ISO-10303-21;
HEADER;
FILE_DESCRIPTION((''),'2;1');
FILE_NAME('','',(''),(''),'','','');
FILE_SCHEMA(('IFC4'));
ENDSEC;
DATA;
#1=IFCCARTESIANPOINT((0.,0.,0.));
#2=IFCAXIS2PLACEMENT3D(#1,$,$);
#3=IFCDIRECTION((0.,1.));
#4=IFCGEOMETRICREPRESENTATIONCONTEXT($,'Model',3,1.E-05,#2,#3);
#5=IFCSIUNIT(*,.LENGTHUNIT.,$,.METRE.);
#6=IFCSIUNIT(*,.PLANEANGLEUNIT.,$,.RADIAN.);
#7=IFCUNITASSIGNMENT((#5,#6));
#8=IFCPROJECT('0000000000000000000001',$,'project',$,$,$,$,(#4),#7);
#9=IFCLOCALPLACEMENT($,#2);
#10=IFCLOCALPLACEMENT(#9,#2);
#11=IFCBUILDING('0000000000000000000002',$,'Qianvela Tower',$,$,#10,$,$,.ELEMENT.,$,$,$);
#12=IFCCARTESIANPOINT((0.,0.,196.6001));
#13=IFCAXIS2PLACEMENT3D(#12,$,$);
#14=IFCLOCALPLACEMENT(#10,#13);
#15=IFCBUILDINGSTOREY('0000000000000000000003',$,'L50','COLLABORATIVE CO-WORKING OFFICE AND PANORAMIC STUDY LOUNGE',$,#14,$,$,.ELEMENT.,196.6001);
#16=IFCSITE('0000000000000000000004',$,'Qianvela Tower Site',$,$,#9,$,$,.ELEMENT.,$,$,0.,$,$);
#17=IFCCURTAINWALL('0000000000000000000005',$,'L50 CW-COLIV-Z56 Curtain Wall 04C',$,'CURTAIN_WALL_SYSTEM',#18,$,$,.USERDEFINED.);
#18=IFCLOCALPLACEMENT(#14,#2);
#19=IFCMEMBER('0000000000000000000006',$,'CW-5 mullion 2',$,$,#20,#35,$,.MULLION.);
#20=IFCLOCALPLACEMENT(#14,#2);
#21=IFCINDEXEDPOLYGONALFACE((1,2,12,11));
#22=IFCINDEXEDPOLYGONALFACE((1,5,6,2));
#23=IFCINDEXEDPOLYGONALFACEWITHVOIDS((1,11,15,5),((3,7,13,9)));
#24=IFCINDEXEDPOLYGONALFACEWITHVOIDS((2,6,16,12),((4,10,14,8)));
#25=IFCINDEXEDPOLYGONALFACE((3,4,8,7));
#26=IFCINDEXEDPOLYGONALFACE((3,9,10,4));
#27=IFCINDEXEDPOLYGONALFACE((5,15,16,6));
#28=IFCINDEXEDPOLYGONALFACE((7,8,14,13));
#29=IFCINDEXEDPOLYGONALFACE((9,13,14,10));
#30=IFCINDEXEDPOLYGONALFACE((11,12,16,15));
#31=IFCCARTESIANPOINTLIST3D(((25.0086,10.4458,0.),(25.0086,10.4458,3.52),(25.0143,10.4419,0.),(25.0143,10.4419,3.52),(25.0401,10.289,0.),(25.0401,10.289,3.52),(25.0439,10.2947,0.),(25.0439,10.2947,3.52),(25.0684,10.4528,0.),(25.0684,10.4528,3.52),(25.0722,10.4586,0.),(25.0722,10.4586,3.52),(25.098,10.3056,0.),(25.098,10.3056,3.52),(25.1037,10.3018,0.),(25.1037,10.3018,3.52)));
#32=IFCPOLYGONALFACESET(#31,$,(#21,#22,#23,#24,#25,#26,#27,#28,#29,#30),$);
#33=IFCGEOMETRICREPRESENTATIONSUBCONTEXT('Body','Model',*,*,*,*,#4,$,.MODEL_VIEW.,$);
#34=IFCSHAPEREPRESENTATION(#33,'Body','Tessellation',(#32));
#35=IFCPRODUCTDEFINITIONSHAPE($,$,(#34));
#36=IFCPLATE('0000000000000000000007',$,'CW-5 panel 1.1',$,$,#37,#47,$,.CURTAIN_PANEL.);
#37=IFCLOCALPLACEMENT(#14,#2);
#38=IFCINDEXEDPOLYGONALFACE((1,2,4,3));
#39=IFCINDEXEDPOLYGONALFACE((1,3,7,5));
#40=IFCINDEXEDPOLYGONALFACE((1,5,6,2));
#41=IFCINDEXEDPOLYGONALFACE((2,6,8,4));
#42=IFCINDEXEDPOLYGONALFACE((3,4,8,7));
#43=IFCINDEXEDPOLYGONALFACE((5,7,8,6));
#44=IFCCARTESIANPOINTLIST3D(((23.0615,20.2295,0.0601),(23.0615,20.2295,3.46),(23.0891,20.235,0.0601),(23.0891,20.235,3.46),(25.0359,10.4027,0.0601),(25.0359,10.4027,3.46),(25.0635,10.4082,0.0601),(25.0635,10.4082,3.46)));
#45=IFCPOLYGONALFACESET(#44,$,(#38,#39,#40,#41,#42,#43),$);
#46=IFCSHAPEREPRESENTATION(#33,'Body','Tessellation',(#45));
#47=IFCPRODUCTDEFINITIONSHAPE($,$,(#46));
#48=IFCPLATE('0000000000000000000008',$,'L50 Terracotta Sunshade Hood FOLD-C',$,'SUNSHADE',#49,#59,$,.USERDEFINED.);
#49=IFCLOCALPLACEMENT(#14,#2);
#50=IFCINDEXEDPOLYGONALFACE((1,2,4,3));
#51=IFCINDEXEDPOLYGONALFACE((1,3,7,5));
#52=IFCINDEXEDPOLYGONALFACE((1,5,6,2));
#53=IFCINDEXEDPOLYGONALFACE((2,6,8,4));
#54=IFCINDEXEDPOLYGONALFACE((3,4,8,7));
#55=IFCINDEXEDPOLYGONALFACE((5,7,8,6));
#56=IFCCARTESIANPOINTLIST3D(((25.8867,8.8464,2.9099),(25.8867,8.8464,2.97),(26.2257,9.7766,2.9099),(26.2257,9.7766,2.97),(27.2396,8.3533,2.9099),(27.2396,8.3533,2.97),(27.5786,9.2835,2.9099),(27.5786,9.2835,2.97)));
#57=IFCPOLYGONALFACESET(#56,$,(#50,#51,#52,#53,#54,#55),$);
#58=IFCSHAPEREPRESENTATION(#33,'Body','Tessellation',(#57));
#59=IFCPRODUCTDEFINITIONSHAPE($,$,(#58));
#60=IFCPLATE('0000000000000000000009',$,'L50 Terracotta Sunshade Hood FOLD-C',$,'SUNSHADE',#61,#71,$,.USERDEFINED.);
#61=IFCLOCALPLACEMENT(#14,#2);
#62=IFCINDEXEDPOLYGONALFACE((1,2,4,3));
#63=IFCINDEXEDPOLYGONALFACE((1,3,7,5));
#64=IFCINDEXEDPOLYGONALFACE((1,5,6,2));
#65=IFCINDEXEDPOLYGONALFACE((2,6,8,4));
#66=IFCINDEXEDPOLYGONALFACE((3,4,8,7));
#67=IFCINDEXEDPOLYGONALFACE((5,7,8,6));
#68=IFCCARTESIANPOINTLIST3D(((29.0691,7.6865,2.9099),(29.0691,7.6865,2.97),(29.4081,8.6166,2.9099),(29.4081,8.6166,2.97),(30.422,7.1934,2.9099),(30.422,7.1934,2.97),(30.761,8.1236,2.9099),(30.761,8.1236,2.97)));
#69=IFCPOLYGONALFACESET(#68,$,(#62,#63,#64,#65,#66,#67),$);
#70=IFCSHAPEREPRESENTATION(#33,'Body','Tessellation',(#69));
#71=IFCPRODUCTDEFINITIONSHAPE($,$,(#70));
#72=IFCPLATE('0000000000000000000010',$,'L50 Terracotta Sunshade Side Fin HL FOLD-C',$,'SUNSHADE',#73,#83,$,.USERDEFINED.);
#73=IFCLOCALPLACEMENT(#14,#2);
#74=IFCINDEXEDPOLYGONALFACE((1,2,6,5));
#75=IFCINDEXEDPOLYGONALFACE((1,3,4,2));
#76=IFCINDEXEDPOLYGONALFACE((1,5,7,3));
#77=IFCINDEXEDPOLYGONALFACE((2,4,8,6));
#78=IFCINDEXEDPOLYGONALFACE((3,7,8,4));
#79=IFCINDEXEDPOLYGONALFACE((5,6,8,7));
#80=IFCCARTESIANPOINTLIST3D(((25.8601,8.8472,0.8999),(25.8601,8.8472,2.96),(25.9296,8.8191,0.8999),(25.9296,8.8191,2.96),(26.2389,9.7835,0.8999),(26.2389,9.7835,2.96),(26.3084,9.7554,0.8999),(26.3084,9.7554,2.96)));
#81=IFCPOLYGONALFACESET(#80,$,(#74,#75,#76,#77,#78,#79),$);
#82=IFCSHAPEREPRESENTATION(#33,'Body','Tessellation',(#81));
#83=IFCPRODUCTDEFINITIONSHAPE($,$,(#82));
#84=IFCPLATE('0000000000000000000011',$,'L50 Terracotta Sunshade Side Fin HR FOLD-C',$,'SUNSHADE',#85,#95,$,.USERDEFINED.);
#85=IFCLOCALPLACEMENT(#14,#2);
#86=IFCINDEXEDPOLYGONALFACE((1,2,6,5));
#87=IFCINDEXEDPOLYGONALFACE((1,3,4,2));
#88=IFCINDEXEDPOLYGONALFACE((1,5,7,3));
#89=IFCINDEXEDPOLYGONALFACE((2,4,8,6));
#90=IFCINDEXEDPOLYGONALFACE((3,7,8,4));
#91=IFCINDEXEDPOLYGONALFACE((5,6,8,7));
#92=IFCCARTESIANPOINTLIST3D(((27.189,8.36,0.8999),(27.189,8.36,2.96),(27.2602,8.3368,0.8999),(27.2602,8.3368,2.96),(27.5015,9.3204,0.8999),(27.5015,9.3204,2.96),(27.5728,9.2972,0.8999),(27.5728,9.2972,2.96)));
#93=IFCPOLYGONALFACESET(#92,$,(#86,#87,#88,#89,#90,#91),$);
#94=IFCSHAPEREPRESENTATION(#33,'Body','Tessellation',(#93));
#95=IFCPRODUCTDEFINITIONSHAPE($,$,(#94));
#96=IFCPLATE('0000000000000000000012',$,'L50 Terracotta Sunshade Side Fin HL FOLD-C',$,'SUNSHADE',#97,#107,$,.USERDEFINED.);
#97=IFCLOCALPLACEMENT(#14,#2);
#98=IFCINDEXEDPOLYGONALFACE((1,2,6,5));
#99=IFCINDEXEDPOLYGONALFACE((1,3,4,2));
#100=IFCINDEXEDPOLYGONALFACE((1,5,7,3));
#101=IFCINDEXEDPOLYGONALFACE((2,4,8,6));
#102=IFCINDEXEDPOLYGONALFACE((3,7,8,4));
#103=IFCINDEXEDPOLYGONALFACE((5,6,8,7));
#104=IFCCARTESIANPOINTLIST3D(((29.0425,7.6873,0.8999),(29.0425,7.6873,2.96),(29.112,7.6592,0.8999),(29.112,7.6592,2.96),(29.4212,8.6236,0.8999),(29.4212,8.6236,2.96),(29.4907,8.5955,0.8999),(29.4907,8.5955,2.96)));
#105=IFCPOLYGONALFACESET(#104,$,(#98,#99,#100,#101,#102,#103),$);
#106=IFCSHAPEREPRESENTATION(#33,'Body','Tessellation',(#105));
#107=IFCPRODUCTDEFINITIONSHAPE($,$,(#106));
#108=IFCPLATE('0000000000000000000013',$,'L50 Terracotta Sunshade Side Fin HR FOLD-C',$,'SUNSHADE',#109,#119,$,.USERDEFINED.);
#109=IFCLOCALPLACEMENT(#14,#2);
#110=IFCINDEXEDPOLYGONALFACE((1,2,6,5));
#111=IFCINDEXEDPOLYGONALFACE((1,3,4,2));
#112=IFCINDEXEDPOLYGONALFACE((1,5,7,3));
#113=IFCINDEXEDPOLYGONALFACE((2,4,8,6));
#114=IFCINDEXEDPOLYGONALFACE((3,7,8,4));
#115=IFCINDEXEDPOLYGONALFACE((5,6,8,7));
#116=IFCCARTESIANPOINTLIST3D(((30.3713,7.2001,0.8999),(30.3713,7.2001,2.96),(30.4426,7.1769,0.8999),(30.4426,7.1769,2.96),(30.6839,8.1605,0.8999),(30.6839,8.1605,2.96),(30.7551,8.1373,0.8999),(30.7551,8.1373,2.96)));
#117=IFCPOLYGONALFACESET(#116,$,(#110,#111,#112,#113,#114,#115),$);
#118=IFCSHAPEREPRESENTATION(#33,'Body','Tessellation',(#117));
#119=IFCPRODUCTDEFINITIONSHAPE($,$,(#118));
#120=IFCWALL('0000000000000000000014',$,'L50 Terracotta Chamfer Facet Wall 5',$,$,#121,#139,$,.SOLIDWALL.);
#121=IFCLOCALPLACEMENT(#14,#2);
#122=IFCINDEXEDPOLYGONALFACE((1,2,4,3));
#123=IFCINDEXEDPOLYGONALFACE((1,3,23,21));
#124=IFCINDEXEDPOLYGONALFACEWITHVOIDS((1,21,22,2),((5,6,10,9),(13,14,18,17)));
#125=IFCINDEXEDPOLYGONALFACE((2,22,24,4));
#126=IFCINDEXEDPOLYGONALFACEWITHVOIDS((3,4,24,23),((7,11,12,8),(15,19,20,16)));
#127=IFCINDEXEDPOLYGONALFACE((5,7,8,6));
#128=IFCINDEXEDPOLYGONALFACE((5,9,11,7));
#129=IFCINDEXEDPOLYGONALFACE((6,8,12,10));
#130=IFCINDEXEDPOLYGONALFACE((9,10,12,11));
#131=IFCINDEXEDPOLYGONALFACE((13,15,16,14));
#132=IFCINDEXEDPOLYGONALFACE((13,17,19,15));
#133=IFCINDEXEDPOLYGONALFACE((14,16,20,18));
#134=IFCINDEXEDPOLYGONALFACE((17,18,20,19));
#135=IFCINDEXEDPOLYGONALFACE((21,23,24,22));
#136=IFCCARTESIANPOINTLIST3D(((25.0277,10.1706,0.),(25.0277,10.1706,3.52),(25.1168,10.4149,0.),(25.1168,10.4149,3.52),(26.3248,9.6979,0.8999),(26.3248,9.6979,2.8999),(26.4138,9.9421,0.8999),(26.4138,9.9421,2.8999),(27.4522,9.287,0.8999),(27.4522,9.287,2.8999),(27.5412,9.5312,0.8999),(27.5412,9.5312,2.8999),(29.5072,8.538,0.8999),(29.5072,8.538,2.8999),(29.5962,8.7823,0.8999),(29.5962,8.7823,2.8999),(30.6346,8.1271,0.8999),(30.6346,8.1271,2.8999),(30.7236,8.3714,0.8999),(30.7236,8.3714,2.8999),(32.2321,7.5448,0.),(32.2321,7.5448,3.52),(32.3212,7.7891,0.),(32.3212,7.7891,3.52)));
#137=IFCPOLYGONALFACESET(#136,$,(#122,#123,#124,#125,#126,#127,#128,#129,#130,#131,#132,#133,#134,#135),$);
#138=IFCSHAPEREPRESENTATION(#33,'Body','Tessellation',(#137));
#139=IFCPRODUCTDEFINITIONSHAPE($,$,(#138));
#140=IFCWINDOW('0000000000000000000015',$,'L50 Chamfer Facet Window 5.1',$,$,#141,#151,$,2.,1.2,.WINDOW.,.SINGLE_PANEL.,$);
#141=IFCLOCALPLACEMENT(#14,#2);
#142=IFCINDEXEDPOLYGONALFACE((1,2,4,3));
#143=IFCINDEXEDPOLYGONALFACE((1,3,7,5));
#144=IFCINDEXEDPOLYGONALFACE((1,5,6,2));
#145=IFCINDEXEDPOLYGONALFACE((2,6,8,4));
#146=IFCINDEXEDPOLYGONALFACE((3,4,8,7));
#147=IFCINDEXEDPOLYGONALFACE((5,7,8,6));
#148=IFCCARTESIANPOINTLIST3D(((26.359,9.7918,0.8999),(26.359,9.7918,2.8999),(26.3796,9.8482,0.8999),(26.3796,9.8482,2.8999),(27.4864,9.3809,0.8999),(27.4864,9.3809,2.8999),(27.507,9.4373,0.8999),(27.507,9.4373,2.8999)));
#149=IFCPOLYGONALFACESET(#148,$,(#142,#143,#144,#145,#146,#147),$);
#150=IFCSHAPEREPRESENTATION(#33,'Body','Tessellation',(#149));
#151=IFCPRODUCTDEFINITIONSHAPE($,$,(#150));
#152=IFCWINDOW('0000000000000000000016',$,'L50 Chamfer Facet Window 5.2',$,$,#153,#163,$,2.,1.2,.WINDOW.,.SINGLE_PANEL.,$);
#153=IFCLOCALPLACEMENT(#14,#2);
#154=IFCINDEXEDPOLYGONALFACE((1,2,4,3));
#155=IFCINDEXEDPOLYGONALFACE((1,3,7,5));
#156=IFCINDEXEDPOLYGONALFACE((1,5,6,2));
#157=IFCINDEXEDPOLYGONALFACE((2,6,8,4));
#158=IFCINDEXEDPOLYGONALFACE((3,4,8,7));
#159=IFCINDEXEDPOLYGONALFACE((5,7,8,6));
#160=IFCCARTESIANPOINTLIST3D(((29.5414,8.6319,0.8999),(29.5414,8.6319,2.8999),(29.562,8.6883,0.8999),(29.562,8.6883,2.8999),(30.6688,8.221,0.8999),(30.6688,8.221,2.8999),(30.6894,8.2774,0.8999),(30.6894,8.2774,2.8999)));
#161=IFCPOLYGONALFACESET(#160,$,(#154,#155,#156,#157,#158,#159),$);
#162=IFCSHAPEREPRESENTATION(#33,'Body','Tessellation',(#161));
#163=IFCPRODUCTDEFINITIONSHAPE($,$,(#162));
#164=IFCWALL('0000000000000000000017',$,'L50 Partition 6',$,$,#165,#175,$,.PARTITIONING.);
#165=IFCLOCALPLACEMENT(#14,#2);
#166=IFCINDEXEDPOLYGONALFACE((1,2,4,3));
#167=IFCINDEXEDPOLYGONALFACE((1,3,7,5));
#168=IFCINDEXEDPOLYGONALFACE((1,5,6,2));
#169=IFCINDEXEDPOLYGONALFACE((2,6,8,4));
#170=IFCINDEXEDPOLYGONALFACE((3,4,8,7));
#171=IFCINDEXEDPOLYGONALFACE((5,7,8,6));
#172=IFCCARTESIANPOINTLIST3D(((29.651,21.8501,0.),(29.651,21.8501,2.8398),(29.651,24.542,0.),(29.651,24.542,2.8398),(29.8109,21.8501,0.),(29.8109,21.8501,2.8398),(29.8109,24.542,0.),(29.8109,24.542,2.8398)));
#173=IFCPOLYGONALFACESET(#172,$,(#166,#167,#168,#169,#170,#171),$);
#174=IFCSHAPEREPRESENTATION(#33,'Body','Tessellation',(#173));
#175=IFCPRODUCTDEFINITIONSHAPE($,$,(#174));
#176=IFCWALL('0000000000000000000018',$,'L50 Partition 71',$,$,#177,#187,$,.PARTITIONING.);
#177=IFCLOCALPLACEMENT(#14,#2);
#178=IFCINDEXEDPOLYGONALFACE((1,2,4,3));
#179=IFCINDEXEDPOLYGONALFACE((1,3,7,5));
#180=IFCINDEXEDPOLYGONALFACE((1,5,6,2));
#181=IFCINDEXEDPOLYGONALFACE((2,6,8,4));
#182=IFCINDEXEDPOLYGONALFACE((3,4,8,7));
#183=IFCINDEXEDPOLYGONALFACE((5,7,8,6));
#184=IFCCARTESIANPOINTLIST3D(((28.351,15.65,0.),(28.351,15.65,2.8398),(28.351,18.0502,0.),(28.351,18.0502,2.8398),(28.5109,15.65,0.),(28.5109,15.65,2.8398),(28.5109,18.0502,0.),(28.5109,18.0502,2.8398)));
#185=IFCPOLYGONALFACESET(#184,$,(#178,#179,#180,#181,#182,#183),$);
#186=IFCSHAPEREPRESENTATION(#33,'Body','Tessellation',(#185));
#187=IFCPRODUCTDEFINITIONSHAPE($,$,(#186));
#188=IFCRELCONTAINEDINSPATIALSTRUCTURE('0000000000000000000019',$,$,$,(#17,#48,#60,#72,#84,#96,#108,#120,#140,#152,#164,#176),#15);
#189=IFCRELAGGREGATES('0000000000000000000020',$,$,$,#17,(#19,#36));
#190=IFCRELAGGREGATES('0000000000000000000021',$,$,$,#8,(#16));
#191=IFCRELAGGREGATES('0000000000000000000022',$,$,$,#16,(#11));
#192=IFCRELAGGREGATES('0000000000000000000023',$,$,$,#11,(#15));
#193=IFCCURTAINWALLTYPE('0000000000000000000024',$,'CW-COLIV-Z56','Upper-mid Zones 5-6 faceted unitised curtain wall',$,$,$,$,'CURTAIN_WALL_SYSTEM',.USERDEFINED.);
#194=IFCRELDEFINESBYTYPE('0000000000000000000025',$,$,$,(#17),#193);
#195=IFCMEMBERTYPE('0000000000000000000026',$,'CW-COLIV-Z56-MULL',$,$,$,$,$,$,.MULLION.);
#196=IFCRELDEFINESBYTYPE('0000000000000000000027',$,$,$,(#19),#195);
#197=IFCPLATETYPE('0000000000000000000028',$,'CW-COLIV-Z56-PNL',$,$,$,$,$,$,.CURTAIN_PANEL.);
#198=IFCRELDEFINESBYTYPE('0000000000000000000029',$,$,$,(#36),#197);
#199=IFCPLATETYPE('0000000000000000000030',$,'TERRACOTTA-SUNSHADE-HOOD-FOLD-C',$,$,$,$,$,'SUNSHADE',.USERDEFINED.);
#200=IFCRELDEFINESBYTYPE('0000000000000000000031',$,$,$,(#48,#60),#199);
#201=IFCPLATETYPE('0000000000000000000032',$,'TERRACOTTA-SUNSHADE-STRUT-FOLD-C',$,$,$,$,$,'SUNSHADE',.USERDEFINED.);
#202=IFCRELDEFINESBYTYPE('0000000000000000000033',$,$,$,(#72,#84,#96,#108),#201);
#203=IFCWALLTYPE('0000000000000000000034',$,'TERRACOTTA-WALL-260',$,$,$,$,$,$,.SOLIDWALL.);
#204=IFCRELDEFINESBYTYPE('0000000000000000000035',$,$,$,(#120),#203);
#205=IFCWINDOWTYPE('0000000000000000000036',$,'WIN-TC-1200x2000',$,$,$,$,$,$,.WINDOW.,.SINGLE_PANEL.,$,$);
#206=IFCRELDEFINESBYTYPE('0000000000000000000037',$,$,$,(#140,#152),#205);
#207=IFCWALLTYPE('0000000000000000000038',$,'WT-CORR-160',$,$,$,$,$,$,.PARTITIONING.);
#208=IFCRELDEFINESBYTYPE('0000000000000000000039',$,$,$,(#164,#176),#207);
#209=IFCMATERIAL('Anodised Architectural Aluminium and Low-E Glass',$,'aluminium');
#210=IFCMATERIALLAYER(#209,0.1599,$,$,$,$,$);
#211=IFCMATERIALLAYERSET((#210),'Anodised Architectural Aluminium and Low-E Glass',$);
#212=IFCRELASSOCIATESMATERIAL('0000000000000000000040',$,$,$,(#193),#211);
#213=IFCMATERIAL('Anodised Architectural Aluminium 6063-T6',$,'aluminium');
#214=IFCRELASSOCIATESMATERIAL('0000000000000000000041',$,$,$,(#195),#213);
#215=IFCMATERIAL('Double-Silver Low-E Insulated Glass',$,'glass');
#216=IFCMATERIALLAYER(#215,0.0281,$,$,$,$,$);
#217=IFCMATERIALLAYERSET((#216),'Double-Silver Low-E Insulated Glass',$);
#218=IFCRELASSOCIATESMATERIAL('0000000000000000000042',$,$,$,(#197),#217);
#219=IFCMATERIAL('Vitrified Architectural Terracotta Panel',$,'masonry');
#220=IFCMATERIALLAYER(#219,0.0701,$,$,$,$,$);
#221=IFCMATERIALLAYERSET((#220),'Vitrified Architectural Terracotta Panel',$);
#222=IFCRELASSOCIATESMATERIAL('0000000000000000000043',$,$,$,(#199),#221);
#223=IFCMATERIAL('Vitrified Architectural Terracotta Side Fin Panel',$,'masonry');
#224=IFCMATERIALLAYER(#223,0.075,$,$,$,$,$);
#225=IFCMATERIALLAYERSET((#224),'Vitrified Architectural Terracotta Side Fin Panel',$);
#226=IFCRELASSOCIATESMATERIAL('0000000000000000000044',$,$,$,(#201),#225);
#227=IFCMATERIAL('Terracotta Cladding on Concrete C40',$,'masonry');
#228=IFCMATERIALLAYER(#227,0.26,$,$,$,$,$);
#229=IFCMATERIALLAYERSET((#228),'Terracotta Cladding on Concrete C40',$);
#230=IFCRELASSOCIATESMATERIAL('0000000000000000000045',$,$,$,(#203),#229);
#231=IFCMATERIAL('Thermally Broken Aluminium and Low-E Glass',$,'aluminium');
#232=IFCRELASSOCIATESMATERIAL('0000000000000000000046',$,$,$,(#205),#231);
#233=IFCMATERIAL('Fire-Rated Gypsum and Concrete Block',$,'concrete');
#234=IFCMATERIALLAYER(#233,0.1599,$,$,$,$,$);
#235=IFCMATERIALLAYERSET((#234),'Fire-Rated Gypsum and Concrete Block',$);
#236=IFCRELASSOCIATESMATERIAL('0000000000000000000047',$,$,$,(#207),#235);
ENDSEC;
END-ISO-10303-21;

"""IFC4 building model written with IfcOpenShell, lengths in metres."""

from ifc_helpers import new_model, si_unit, direction, frame, frame_2d, origin, origin_2d, place, context, subcontext, project, spatial, rectangle, hollow_rectangle, extrude, material, layer, layer_set, material_profile, profile_set, type_object, element, fill, aggregate, save


model = new_model("IFC4")

# Units and contexts
model_context = context("Model", 3, precision=1e-05, world=origin(), true_north=direction((0.0, 1.0)))
body_context = subcontext(model_context, "Body", "Model", "MODEL_VIEW")
ifc_project = project(units=[si_unit("LENGTHUNIT", "METRE"), si_unit("PLANEANGLEUNIT", "RADIAN")], contexts=[model_context])

# Site, building, storey
site_placement = place(None, origin())
site = spatial("IfcSite", under=ifc_project, at=site_placement, Name="Qianvela Tower Site", CompositionType="ELEMENT", RefElevation=0.0)
building_placement = place(site_placement, origin())
building = spatial("IfcBuilding", under=site, at=building_placement, Name="Qianvela Tower", CompositionType="ELEMENT")
storey_placement = place(building_placement, frame((0.0, 0.0, 196.6001)))
storey = spatial("IfcBuildingStorey", under=building, at=storey_placement, Name="L50", Description="COLLABORATIVE CO-WORKING OFFICE AND PANORAMIC STUDY LOUNGE", CompositionType="ELEMENT", Elevation=196.6001)

# Curtain wall, member, plate
ifc_material_1 = material(Name="Anodised Architectural Aluminium and Low-E Glass", Category="aluminium")
ifc_layer_1 = layer(ifc_material_1, 0.1599)
ifc_layer_set_1 = layer_set([ifc_layer_1], Name="Anodised Architectural Aluminium and Low-E Glass")
curtain_wall_type = type_object("IfcCurtainWallType", Name="CW-COLIV-Z56", Description="Upper-mid Zones 5-6 faceted unitised curtain wall", ElementType="CURTAIN_WALL_SYSTEM", PredefinedType="USERDEFINED", material=ifc_layer_set_1)
curtain_wall_placement = place(storey_placement, origin())
curtain_wall = element("IfcCurtainWall", 1, at=curtain_wall_placement, inside=storey, type_object=curtain_wall_type, Name="L50 CW-COLIV-Z56 Curtain Wall 04C", ObjectType="CURTAIN_WALL_SYSTEM", PredefinedType="USERDEFINED")
ifc_material_2 = material(Name="Anodised Architectural Aluminium 6063-T6", Category="aluminium")
ifc_material_profile = material_profile(ifc_material_2, hollow_rectangle(XDim=0.0649, YDim=0.1599, WallThickness=0.0049, at=origin_2d()), Name="ALU-MULL-65x160")
ifc_profile_set = profile_set([ifc_material_profile], Name="Anodised Architectural Aluminium 6063-T6")
member_type = type_object("IfcMemberType", Name="CW-COLIV-Z56-MULL", PredefinedType="MULLION", material=ifc_profile_set)
member_placement = place(storey_placement, frame((25.0562, 10.3738, 0.0), z_axis=(0.0, 0.0, 1.0), x_axis=(0.980407, 0.196984, 0.0)))
member = element("IfcMember", 2, at=member_placement, type_object=member_type, Name="CW-5 mullion 2", PredefinedType="MULLION", context=body_context, shape_type="SweptSolid", body=[
    extrude(hollow_rectangle(XDim=0.0649, YDim=0.1599, WallThickness=0.0049, at=origin_2d()), origin(), (0.0, 0.0, 1.0), 3.52),
])
ifc_material_3 = material(Name="Double-Silver Low-E Insulated Glass", Category="glass")
ifc_layer_2 = layer(ifc_material_3, 0.0281)
ifc_layer_set_2 = layer_set([ifc_layer_2], Name="Double-Silver Low-E Insulated Glass")
plate_type_1 = type_object("IfcPlateType", Name="CW-COLIV-Z56-PNL", PredefinedType="CURTAIN_PANEL", material=ifc_layer_set_2)
plate_placement = place(storey_placement, frame((24.0625, 15.3188, 0.0601), z_axis=(0.0, 0.0, 1.0), x_axis=(0.196984, -0.980407, 0.0)))
plate = element("IfcPlate", 3, at=plate_placement, type_object=plate_type_1, Name="CW-5 panel 1.1", PredefinedType="CURTAIN_PANEL", context=body_context, shape_type="SweptSolid", body=[
    extrude(rectangle(XDim=10.0232, YDim=0.0281, at=origin_2d()), origin(), (0.0, 0.0, 1.0), 3.3999),
])
aggregate(curtain_wall, [member, plate])

# Plates
ifc_material_4 = material(Name="Vitrified Architectural Terracotta Panel", Category="masonry")
ifc_layer_3 = layer(ifc_material_4, 0.0701)
ifc_layer_set_3 = layer_set([ifc_layer_3], Name="Vitrified Architectural Terracotta Panel")
plate_type_2 = type_object("IfcPlateType", Name="TERRACOTTA-SUNSHADE-HOOD-FOLD-C", ElementType="SUNSHADE", PredefinedType="USERDEFINED", material=ifc_layer_set_3)
for number, where, z_axis, x_axis, name in (
    (4, (26.7327, 9.0649, 2.9099), (0.0, 0.0, 1.0), (0.93954, -0.34244, 0.0), "L50 Terracotta Sunshade Hood FOLD-C"),
    (5, (29.915, 7.905, 2.9099), (0.0, 0.0, 1.0), (0.93954, -0.34244, 0.0), "L50 Terracotta Sunshade Hood FOLD-C"),
):
    element("IfcPlate", number, at=place(storey_placement, frame(where, z_axis=z_axis, x_axis=x_axis)), inside=storey, type_object=plate_type_2, Name=name, ObjectType="SUNSHADE", PredefinedType="USERDEFINED", context=body_context, shape_type="SweptSolid", body=[
        extrude(rectangle(XDim=1.4399, YDim=0.99, at=origin_2d()), origin(), (0.0, 0.0, 1.0), 0.0601),
    ])
ifc_material_5 = material(Name="Vitrified Architectural Terracotta Side Fin Panel", Category="masonry")
ifc_layer_4 = layer(ifc_material_5, 0.075)
ifc_layer_set_4 = layer_set([ifc_layer_4], Name="Vitrified Architectural Terracotta Side Fin Panel")
plate_type_3 = type_object("IfcPlateType", Name="TERRACOTTA-SUNSHADE-STRUT-FOLD-C", ElementType="SUNSHADE", PredefinedType="USERDEFINED", material=ifc_layer_set_4)
for number, where, z_axis, x_axis, name in (
    (6, (26.0842, 9.3013, 0.8999), (0.0, 0.0, 1.0), (0.927016, -0.375021, 0.0), "L50 Terracotta Sunshade Side Fin HL FOLD-C"),
    (7, (27.3809, 8.8286, 0.8999), (0.0, 0.0, 1.0), (0.950918, -0.309442, 0.0), "L50 Terracotta Sunshade Side Fin HR FOLD-C"),
    (8, (29.2666, 8.1414, 0.8999), (0.0, 0.0, 1.0), (0.927016, -0.375021, 0.0), "L50 Terracotta Sunshade Side Fin HL FOLD-C"),
    (9, (30.5632, 7.6687, 0.8999), (0.0, 0.0, 1.0), (0.950918, -0.309442, 0.0), "L50 Terracotta Sunshade Side Fin HR FOLD-C"),
):
    element("IfcPlate", number, at=place(storey_placement, frame(where, z_axis=z_axis, x_axis=x_axis)), inside=storey, type_object=plate_type_3, Name=name, ObjectType="SUNSHADE", PredefinedType="USERDEFINED", context=body_context, shape_type="SweptSolid", body=[
        extrude(rectangle(XDim=0.075, YDim=1.01, at=origin_2d()), origin(), (0.0, 0.0, 1.0), 2.0601),
    ])

# Wall, openings, windows
ifc_material_6 = material(Name="Terracotta Cladding on Concrete C40", Category="masonry")
ifc_layer_5 = layer(ifc_material_6, 0.26)
ifc_layer_set_5 = layer_set([ifc_layer_5], Name="Terracotta Cladding on Concrete C40")
wall_type_1 = type_object("IfcWallType", Name="TERRACOTTA-WALL-260", PredefinedType="SOLIDWALL", material=ifc_layer_set_5)
wall_1_placement = place(storey_placement, frame((25.0723, 10.2927, 0.0), z_axis=(0.0, 0.0, 1.0), x_axis=(0.939543, -0.342431, 0.0)))
wall_1 = element("IfcWall", 10, at=wall_1_placement, inside=storey, type_object=wall_type_1, Name="L50 Terracotta Chamfer Facet Wall 5", PredefinedType="SOLIDWALL", context=body_context, shape_type="SweptSolid", body=[
    extrude(rectangle(XDim=7.668, YDim=0.26, at=frame_2d((3.834, 0.0))), origin(), (0.0, 0.0, 1.0), 3.52),
])
opening_1_placement = place(wall_1_placement, frame((1.3804, 0.0, 0.8999)))
opening_1 = element("IfcOpeningElement", 11, at=opening_1_placement, cuts=wall_1, PredefinedType="OPENING", context=body_context, shape_type="SweptSolid", body=[
    extrude(rectangle(XDim=1.2, YDim=2.0, at=frame_2d((0.6001, 1.0))), frame((0.0, 0.1399, 0.0), z_axis=(0.0, -1.0, 0.0), x_axis=(1.0, 0.0, 0.0)), (0.0, 0.0, 1.0), 0.28),
])
opening_2_placement = place(wall_1_placement, frame((4.7676, 0.0, 0.8999)))
opening_2 = element("IfcOpeningElement", 12, at=opening_2_placement, cuts=wall_1, PredefinedType="OPENING", context=body_context, shape_type="SweptSolid", body=[
    extrude(rectangle(XDim=1.2, YDim=2.0, at=frame_2d((0.6001, 1.0))), frame((0.0, 0.1399, 0.0), z_axis=(0.0, -1.0, 0.0), x_axis=(1.0, 0.0, 0.0)), (0.0, 0.0, 1.0), 0.28),
])
ifc_material_7 = material(Name="Thermally Broken Aluminium and Low-E Glass", Category="aluminium")
window_type = type_object("IfcWindowType", Name="WIN-TC-1200x2000", PartitioningType="SINGLE_PANEL", PredefinedType="WINDOW", material=ifc_material_7)
window_1_placement = place(opening_1_placement, origin())
window_1 = element("IfcWindow", 13, at=window_1_placement, inside=storey, type_object=window_type, Name="L50 Chamfer Facet Window 5.1", OverallHeight=2.0, OverallWidth=1.2, PartitioningType="SINGLE_PANEL", PredefinedType="WINDOW", context=body_context, shape_type="SweptSolid", body=[
    extrude(rectangle(XDim=1.2, YDim=2.0, at=frame_2d((0.6001, 1.0))), frame((0.0, 0.03, 0.0), z_axis=(0.0, -1.0, 0.0), x_axis=(1.0, 0.0, 0.0)), (0.0, 0.0, 1.0), 0.0601),
])
fill(opening_1, window_1)
window_2_placement = place(opening_2_placement, origin())
window_2 = element("IfcWindow", 14, at=window_2_placement, inside=storey, type_object=window_type, Name="L50 Chamfer Facet Window 5.2", OverallHeight=2.0, OverallWidth=1.2, PartitioningType="SINGLE_PANEL", PredefinedType="WINDOW", context=body_context, shape_type="SweptSolid", body=[
    extrude(rectangle(XDim=1.2, YDim=2.0, at=frame_2d((0.6001, 1.0))), frame((0.0, 0.03, 0.0), z_axis=(0.0, -1.0, 0.0), x_axis=(1.0, 0.0, 0.0)), (0.0, 0.0, 1.0), 0.0601),
])
fill(opening_2, window_2)

# Walls
ifc_material_8 = material(Name="Fire-Rated Gypsum and Concrete Block", Category="concrete")
ifc_layer_6 = layer(ifc_material_8, 0.1599)
ifc_layer_set_6 = layer_set([ifc_layer_6], Name="Fire-Rated Gypsum and Concrete Block")
wall_type_2 = type_object("IfcWallType", Name="WT-CORR-160", PredefinedType="PARTITIONING", material=ifc_layer_set_6)
wall_2_placement = place(storey_placement, frame((29.731, 21.8501, 0.0), z_axis=(0.0, 0.0, 1.0), x_axis=(0.0, 1.0, 0.0)))
element("IfcWall", 15, at=wall_2_placement, inside=storey, type_object=wall_type_2, Name="L50 Partition 6", PredefinedType="PARTITIONING", context=body_context, shape_type="SweptSolid", body=[
    extrude(rectangle(XDim=2.6919, YDim=0.1599, at=frame_2d((1.3459, 0.0))), origin(), (0.0, 0.0, 1.0), 2.8398),
])
wall_3_placement = place(storey_placement, frame((28.4309, 15.6499, 0.0), z_axis=(0.0, 0.0, 1.0), x_axis=(0.0, 1.0, 0.0)))
element("IfcWall", 16, at=wall_3_placement, inside=storey, type_object=wall_type_2, Name="L50 Partition 71", PredefinedType="PARTITIONING", context=body_context, shape_type="SweptSolid", body=[
    extrude(rectangle(XDim=2.4001, YDim=0.1599, at=frame_2d((1.2002, 0.0))), origin(), (0.0, 0.0, 1.0), 2.8398),
])

save(model, "model.ifc")
